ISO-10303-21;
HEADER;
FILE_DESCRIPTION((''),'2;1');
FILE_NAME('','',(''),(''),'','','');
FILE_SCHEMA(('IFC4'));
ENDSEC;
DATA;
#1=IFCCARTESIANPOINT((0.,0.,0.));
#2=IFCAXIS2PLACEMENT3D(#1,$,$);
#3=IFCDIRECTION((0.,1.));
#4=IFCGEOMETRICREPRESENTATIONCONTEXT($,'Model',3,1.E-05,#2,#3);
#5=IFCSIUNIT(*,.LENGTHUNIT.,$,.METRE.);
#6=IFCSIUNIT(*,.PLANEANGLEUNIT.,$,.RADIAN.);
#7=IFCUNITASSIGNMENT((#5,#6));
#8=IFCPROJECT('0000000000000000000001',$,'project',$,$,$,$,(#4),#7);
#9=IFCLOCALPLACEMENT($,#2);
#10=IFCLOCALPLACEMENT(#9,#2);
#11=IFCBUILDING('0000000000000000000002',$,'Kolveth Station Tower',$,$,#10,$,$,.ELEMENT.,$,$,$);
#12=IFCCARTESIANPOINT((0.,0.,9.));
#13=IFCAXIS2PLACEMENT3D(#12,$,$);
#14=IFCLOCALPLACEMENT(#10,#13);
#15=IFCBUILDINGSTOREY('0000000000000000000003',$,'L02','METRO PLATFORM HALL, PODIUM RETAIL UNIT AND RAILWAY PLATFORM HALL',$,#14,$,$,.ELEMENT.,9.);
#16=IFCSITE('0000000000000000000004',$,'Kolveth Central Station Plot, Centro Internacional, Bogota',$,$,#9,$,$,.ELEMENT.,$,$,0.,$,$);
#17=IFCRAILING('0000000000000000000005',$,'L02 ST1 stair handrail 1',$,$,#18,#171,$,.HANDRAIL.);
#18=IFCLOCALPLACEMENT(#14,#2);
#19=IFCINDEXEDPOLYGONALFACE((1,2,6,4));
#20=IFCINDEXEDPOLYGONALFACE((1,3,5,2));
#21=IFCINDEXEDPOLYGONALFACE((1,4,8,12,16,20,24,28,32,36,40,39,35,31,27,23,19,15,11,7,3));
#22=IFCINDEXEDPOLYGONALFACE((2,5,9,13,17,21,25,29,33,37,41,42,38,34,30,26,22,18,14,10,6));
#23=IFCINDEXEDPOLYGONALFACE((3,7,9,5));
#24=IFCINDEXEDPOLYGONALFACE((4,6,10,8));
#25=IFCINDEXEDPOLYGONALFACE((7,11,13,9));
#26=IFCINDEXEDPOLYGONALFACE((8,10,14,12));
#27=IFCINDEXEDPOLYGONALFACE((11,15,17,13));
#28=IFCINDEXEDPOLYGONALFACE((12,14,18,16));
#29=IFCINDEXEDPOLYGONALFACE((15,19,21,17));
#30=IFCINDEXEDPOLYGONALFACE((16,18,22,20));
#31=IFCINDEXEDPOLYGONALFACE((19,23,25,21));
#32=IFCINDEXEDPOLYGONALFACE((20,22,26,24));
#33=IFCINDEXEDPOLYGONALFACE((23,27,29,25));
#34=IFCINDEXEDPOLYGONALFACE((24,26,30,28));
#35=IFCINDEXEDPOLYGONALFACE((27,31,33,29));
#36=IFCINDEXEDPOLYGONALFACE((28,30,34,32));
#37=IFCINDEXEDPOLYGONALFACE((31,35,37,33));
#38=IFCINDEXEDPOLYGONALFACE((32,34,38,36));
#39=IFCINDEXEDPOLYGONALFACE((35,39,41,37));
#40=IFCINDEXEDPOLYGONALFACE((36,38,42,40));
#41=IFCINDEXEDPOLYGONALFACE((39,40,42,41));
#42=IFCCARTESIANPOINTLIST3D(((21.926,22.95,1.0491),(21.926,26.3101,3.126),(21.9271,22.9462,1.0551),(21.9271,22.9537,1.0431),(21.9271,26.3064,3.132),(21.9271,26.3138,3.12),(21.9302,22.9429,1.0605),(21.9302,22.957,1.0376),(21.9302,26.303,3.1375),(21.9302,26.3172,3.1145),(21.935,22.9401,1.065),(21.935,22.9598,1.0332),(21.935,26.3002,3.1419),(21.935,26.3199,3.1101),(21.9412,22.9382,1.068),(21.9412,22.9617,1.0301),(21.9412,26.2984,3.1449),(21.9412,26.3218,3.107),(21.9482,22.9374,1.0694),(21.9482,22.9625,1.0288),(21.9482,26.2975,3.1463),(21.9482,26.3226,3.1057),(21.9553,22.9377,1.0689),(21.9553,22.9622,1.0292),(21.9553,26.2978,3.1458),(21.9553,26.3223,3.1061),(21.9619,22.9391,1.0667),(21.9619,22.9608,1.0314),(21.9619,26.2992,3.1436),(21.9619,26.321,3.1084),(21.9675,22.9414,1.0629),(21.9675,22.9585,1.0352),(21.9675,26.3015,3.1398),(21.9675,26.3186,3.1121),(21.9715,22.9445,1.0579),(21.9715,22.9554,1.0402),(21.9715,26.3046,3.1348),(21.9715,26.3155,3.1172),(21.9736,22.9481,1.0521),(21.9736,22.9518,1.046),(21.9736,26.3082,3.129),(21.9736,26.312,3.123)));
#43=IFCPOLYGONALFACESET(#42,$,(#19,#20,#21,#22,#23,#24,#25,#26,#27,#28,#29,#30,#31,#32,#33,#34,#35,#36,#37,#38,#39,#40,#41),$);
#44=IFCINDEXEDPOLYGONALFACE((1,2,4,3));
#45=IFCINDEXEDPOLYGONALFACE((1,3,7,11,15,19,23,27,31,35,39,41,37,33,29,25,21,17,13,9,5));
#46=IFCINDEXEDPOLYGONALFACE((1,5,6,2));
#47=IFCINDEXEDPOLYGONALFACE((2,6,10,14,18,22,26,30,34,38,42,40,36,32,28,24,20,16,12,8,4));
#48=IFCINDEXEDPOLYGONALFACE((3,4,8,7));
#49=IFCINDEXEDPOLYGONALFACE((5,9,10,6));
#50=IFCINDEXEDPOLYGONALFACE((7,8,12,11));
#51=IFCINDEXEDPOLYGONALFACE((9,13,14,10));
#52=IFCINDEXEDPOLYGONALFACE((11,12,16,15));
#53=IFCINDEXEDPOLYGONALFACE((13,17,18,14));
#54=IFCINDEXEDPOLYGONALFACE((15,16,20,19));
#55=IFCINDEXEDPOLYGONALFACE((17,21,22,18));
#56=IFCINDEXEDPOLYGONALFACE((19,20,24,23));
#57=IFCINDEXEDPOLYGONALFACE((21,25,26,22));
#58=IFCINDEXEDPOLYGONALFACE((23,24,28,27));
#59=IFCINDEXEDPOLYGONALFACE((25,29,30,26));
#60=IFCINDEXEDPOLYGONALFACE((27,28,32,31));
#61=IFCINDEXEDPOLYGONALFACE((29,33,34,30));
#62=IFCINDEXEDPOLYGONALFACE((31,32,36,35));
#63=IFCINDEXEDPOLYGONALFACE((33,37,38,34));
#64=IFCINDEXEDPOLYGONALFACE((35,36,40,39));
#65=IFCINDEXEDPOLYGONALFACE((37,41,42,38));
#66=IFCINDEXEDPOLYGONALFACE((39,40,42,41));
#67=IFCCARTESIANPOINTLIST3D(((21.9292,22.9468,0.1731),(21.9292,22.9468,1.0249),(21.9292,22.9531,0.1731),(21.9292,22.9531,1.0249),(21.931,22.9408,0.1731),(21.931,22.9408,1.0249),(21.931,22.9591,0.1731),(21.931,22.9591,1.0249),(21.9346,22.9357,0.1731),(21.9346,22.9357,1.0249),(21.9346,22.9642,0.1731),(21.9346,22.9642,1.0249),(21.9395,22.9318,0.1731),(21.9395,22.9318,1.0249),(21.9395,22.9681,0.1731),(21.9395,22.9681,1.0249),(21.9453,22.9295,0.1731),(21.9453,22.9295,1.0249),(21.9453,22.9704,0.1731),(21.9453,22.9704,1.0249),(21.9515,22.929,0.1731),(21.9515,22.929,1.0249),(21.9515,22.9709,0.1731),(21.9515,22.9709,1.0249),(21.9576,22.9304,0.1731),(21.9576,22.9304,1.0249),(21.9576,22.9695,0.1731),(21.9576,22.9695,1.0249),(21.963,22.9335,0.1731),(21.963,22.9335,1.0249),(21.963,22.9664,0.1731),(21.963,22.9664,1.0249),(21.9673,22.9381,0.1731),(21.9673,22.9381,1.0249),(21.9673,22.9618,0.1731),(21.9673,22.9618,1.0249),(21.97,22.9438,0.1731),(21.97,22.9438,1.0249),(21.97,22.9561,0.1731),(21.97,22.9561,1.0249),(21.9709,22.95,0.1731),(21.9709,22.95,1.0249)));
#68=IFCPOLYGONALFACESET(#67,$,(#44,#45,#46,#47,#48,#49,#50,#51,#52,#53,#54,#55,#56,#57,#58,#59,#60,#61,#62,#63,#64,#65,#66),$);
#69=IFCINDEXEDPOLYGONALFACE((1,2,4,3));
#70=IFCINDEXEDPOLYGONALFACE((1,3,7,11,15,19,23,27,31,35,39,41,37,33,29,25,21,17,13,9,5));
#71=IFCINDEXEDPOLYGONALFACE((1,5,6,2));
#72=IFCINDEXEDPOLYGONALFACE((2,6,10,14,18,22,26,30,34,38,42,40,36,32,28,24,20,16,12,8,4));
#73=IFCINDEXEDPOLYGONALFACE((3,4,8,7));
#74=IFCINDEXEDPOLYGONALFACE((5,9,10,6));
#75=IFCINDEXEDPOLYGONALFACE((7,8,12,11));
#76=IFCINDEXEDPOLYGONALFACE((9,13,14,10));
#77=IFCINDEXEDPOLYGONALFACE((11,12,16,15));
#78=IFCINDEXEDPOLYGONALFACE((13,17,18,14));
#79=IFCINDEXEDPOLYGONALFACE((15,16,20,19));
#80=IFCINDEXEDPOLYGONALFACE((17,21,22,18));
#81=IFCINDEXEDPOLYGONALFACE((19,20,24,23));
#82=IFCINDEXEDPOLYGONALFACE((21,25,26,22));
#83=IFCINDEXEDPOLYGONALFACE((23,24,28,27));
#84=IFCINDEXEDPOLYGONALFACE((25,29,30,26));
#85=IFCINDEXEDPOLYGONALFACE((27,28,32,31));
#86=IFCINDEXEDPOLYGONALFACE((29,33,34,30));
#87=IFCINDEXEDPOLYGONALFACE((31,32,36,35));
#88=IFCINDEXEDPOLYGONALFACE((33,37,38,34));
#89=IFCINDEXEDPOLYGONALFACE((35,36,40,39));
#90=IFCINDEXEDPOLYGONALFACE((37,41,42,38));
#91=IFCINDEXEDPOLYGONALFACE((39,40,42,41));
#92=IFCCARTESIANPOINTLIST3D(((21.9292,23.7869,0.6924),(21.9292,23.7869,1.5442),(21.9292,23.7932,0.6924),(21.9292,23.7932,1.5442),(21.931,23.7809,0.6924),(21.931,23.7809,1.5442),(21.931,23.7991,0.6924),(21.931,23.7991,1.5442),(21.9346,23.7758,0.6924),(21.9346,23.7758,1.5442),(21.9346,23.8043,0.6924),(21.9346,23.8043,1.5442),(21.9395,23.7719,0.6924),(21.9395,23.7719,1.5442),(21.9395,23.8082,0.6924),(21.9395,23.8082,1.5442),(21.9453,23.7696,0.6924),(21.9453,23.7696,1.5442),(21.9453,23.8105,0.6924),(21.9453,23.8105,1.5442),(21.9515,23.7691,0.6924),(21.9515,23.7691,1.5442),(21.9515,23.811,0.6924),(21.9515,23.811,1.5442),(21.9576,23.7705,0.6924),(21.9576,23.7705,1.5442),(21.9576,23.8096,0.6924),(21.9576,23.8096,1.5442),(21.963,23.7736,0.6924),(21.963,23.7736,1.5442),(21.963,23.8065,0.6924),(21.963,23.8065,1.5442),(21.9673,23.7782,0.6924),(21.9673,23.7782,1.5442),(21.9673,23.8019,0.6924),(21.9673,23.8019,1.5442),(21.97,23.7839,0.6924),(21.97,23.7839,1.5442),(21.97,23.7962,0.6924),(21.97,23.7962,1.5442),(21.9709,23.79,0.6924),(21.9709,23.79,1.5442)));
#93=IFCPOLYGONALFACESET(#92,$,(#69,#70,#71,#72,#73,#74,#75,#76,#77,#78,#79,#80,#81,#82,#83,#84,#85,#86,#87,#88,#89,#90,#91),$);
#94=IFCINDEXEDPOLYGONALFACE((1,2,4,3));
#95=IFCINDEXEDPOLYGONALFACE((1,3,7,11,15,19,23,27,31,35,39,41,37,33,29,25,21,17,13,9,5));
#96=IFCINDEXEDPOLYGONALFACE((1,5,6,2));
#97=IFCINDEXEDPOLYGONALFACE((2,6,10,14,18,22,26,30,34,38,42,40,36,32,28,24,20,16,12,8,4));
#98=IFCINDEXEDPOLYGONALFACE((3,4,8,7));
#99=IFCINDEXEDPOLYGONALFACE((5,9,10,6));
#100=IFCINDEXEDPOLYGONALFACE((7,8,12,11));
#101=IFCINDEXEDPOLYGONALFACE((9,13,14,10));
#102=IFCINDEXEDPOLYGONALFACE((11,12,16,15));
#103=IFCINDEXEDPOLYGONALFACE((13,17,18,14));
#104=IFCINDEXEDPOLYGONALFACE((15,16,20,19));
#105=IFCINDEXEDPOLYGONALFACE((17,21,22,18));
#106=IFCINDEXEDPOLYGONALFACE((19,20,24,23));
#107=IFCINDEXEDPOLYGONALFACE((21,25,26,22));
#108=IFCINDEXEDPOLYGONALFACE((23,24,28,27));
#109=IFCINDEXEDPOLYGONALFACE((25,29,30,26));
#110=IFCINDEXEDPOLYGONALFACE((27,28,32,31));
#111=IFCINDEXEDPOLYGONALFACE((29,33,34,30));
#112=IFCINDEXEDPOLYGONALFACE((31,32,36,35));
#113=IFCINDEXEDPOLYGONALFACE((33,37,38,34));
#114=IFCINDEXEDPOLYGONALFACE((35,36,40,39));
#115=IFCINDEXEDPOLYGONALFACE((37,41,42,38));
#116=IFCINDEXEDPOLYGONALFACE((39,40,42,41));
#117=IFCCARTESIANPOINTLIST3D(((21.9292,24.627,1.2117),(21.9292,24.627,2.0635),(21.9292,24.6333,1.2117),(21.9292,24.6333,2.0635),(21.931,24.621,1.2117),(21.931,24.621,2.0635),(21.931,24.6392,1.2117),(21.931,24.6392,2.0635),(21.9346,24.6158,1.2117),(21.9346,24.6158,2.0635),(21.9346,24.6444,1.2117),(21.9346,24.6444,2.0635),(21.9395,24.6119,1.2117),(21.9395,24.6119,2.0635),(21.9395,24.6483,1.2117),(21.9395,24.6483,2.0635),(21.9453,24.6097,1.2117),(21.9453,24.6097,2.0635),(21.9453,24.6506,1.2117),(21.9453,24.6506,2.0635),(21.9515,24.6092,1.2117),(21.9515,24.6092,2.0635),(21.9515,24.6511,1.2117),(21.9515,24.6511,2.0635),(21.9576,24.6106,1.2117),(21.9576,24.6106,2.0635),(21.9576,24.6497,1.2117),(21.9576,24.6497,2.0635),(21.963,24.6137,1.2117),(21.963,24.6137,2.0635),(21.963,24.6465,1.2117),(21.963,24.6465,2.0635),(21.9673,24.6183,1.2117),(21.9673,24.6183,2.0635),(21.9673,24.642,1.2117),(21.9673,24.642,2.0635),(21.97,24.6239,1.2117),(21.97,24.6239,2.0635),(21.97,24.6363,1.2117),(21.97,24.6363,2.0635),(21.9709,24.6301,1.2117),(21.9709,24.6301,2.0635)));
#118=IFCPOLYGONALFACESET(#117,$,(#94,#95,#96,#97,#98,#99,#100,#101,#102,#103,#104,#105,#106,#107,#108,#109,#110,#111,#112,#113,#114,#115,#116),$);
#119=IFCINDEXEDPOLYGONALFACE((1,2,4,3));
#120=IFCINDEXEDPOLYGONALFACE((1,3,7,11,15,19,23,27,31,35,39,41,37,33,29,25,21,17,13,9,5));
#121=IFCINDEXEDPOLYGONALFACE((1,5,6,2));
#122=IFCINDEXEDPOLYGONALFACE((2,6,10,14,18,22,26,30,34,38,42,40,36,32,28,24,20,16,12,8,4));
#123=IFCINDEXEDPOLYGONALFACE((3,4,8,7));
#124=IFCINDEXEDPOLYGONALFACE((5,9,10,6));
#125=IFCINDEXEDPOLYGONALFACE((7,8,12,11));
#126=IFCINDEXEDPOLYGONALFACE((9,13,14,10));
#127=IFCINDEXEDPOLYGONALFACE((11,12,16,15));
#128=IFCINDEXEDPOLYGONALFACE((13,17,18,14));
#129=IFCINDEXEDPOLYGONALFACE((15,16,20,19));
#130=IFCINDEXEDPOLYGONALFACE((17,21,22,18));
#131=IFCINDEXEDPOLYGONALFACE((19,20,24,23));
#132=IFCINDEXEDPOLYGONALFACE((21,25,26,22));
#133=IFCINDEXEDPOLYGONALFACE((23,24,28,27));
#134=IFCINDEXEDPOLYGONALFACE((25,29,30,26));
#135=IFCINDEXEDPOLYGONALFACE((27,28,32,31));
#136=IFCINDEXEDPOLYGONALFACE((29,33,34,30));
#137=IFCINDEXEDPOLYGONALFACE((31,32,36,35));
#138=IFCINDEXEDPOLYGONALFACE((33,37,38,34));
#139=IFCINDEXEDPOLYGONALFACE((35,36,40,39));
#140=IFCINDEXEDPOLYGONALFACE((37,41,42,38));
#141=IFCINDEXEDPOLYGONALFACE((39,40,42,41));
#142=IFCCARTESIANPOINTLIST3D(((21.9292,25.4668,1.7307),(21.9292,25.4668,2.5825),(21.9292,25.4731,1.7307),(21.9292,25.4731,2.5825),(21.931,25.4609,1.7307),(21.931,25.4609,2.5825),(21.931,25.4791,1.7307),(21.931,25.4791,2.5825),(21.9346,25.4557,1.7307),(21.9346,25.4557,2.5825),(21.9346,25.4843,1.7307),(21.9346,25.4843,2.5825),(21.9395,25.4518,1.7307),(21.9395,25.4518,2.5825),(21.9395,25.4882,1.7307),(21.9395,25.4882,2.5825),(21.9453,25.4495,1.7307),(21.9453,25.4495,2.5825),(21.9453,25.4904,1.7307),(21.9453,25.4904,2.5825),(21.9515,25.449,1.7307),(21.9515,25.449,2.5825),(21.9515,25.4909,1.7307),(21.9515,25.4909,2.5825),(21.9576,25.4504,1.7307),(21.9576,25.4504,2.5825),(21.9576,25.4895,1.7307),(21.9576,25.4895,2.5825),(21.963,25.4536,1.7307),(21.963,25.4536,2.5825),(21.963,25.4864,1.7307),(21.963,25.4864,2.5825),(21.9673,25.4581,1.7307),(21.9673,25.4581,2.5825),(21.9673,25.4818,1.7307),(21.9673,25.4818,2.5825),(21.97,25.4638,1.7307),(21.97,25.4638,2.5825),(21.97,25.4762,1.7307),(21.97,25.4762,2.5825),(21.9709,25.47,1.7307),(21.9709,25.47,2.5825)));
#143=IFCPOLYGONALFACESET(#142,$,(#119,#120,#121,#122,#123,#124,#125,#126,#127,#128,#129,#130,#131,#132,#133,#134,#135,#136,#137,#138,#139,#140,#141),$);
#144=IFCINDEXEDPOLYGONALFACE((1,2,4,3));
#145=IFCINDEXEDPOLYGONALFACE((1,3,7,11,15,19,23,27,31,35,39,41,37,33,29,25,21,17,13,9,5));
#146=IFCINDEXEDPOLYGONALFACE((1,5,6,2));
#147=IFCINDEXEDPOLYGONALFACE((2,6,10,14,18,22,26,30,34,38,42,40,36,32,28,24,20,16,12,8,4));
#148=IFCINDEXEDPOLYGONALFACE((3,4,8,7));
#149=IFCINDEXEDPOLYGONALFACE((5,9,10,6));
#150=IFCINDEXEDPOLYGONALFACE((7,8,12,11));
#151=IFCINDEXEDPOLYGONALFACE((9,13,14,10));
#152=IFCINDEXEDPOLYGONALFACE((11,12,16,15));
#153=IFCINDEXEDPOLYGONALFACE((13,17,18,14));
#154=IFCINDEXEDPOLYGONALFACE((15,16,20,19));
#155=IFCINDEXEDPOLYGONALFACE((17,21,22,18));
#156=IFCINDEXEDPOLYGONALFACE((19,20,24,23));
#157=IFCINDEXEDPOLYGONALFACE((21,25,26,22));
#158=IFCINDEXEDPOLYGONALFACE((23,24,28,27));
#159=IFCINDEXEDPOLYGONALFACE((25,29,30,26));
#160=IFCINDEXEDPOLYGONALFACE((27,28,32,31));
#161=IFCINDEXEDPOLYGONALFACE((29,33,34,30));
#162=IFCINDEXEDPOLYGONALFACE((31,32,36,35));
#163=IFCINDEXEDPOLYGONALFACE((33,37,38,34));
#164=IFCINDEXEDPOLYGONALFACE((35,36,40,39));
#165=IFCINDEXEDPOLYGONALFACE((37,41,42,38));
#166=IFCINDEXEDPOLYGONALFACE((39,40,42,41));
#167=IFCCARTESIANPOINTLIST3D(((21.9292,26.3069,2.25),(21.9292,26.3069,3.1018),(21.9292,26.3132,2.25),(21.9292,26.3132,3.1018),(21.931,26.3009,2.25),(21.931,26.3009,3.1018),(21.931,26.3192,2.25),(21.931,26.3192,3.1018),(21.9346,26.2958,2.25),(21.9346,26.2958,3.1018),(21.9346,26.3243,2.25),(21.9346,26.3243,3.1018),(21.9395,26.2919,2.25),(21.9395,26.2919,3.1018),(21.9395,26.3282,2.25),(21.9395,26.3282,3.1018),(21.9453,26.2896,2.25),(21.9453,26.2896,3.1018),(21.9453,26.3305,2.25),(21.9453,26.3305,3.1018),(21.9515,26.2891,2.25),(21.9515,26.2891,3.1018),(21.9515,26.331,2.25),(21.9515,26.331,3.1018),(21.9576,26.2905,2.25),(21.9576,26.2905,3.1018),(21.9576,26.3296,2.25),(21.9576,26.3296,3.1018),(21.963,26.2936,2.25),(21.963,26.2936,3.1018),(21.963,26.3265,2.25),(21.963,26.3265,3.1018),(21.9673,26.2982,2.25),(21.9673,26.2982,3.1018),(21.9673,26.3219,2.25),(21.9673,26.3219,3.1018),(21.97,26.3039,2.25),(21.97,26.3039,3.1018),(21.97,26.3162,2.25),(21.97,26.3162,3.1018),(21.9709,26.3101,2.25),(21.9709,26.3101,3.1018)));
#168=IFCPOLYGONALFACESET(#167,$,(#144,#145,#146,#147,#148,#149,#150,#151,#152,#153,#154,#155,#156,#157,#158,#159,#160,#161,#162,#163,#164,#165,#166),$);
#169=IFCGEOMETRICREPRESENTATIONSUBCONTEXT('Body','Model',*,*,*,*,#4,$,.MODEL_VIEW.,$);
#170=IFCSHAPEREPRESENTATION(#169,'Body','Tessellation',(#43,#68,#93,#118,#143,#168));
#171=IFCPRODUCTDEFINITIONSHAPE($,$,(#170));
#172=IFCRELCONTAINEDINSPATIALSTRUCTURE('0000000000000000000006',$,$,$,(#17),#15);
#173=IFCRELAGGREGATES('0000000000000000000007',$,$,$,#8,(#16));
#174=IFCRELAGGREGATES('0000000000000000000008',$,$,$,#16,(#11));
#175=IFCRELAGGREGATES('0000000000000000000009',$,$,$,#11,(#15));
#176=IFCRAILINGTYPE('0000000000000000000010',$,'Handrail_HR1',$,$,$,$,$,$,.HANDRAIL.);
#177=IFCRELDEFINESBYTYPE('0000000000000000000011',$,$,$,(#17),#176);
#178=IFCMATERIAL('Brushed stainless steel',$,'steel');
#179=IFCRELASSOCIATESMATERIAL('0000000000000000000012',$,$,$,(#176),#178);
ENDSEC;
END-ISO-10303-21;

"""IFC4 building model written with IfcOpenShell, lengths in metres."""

from ifc_helpers import new_model, si_unit, direction, frame, origin, origin_2d, place, context, subcontext, project, spatial, circle, extrude, material, type_object, element, save


model = new_model("IFC4")

# Units and contexts
model_context = context("Model", 3, precision=1e-05, world=origin(), true_north=direction((0.0, 1.0)))
body_context = subcontext(model_context, "Body", "Model", "MODEL_VIEW")
ifc_project = project(units=[si_unit("LENGTHUNIT", "METRE"), si_unit("PLANEANGLEUNIT", "RADIAN")], contexts=[model_context])

# Site, building, storey
site_placement = place(None, origin())
site = spatial("IfcSite", under=ifc_project, at=site_placement, Name="Kolveth Central Station Plot, Centro Internacional, Bogota", CompositionType="ELEMENT", RefElevation=0.0)
building_placement = place(site_placement, origin())
building = spatial("IfcBuilding", under=site, at=building_placement, Name="Kolveth Station Tower", CompositionType="ELEMENT")
storey_placement = place(building_placement, frame((0.0, 0.0, 9.0)))
storey = spatial("IfcBuildingStorey", under=building, at=storey_placement, Name="L02", Description="METRO PLATFORM HALL, PODIUM RETAIL UNIT AND RAILWAY PLATFORM HALL", CompositionType="ELEMENT", Elevation=9.0)

# Railing
ifc_material_1 = material(Name="Brushed stainless steel", Category="steel")
railing_type_1 = type_object("IfcRailingType", Name="Handrail_HR1", PredefinedType="HANDRAIL", material=ifc_material_1)
for number, where, name in (
    (1, (21.95, 22.95, 0.1731), "L02 ST1 stair handrail 1"),
):
    element("IfcRailing", number, at=place(storey_placement, frame(where)), inside=storey, type_object=railing_type_1, Name=name, PredefinedType="HANDRAIL", context=body_context, shape_type="SweptSolid", body=[
        extrude(circle(Radius=0.0239, at=origin_2d()), frame((0.0, 0.0, 0.876), z_axis=(0.0, 0.850623, 0.525776), x_axis=(-1.0, 0.0, 0.0)), (0.0, 0.0, 1.0), 3.9502),
        extrude(circle(Radius=0.021, at=origin_2d()), origin(), (0.0, 0.0, 1.0), 0.8518),
        extrude(circle(Radius=0.021, at=origin_2d()), frame((0.0, 0.8401, 0.5193)), (0.0, 0.0, 1.0), 0.8518),
        extrude(circle(Radius=0.021, at=origin_2d()), frame((0.0, 1.6802, 1.0386)), (0.0, 0.0, 1.0), 0.8518),
        extrude(circle(Radius=0.021, at=origin_2d()), frame((0.0, 2.52, 1.5576)), (0.0, 0.0, 1.0), 0.8518),
        extrude(circle(Radius=0.021, at=origin_2d()), frame((0.0, 3.3601, 2.0769)), (0.0, 0.0, 1.0), 0.8518),
    ])

save(model, "model.ifc")
